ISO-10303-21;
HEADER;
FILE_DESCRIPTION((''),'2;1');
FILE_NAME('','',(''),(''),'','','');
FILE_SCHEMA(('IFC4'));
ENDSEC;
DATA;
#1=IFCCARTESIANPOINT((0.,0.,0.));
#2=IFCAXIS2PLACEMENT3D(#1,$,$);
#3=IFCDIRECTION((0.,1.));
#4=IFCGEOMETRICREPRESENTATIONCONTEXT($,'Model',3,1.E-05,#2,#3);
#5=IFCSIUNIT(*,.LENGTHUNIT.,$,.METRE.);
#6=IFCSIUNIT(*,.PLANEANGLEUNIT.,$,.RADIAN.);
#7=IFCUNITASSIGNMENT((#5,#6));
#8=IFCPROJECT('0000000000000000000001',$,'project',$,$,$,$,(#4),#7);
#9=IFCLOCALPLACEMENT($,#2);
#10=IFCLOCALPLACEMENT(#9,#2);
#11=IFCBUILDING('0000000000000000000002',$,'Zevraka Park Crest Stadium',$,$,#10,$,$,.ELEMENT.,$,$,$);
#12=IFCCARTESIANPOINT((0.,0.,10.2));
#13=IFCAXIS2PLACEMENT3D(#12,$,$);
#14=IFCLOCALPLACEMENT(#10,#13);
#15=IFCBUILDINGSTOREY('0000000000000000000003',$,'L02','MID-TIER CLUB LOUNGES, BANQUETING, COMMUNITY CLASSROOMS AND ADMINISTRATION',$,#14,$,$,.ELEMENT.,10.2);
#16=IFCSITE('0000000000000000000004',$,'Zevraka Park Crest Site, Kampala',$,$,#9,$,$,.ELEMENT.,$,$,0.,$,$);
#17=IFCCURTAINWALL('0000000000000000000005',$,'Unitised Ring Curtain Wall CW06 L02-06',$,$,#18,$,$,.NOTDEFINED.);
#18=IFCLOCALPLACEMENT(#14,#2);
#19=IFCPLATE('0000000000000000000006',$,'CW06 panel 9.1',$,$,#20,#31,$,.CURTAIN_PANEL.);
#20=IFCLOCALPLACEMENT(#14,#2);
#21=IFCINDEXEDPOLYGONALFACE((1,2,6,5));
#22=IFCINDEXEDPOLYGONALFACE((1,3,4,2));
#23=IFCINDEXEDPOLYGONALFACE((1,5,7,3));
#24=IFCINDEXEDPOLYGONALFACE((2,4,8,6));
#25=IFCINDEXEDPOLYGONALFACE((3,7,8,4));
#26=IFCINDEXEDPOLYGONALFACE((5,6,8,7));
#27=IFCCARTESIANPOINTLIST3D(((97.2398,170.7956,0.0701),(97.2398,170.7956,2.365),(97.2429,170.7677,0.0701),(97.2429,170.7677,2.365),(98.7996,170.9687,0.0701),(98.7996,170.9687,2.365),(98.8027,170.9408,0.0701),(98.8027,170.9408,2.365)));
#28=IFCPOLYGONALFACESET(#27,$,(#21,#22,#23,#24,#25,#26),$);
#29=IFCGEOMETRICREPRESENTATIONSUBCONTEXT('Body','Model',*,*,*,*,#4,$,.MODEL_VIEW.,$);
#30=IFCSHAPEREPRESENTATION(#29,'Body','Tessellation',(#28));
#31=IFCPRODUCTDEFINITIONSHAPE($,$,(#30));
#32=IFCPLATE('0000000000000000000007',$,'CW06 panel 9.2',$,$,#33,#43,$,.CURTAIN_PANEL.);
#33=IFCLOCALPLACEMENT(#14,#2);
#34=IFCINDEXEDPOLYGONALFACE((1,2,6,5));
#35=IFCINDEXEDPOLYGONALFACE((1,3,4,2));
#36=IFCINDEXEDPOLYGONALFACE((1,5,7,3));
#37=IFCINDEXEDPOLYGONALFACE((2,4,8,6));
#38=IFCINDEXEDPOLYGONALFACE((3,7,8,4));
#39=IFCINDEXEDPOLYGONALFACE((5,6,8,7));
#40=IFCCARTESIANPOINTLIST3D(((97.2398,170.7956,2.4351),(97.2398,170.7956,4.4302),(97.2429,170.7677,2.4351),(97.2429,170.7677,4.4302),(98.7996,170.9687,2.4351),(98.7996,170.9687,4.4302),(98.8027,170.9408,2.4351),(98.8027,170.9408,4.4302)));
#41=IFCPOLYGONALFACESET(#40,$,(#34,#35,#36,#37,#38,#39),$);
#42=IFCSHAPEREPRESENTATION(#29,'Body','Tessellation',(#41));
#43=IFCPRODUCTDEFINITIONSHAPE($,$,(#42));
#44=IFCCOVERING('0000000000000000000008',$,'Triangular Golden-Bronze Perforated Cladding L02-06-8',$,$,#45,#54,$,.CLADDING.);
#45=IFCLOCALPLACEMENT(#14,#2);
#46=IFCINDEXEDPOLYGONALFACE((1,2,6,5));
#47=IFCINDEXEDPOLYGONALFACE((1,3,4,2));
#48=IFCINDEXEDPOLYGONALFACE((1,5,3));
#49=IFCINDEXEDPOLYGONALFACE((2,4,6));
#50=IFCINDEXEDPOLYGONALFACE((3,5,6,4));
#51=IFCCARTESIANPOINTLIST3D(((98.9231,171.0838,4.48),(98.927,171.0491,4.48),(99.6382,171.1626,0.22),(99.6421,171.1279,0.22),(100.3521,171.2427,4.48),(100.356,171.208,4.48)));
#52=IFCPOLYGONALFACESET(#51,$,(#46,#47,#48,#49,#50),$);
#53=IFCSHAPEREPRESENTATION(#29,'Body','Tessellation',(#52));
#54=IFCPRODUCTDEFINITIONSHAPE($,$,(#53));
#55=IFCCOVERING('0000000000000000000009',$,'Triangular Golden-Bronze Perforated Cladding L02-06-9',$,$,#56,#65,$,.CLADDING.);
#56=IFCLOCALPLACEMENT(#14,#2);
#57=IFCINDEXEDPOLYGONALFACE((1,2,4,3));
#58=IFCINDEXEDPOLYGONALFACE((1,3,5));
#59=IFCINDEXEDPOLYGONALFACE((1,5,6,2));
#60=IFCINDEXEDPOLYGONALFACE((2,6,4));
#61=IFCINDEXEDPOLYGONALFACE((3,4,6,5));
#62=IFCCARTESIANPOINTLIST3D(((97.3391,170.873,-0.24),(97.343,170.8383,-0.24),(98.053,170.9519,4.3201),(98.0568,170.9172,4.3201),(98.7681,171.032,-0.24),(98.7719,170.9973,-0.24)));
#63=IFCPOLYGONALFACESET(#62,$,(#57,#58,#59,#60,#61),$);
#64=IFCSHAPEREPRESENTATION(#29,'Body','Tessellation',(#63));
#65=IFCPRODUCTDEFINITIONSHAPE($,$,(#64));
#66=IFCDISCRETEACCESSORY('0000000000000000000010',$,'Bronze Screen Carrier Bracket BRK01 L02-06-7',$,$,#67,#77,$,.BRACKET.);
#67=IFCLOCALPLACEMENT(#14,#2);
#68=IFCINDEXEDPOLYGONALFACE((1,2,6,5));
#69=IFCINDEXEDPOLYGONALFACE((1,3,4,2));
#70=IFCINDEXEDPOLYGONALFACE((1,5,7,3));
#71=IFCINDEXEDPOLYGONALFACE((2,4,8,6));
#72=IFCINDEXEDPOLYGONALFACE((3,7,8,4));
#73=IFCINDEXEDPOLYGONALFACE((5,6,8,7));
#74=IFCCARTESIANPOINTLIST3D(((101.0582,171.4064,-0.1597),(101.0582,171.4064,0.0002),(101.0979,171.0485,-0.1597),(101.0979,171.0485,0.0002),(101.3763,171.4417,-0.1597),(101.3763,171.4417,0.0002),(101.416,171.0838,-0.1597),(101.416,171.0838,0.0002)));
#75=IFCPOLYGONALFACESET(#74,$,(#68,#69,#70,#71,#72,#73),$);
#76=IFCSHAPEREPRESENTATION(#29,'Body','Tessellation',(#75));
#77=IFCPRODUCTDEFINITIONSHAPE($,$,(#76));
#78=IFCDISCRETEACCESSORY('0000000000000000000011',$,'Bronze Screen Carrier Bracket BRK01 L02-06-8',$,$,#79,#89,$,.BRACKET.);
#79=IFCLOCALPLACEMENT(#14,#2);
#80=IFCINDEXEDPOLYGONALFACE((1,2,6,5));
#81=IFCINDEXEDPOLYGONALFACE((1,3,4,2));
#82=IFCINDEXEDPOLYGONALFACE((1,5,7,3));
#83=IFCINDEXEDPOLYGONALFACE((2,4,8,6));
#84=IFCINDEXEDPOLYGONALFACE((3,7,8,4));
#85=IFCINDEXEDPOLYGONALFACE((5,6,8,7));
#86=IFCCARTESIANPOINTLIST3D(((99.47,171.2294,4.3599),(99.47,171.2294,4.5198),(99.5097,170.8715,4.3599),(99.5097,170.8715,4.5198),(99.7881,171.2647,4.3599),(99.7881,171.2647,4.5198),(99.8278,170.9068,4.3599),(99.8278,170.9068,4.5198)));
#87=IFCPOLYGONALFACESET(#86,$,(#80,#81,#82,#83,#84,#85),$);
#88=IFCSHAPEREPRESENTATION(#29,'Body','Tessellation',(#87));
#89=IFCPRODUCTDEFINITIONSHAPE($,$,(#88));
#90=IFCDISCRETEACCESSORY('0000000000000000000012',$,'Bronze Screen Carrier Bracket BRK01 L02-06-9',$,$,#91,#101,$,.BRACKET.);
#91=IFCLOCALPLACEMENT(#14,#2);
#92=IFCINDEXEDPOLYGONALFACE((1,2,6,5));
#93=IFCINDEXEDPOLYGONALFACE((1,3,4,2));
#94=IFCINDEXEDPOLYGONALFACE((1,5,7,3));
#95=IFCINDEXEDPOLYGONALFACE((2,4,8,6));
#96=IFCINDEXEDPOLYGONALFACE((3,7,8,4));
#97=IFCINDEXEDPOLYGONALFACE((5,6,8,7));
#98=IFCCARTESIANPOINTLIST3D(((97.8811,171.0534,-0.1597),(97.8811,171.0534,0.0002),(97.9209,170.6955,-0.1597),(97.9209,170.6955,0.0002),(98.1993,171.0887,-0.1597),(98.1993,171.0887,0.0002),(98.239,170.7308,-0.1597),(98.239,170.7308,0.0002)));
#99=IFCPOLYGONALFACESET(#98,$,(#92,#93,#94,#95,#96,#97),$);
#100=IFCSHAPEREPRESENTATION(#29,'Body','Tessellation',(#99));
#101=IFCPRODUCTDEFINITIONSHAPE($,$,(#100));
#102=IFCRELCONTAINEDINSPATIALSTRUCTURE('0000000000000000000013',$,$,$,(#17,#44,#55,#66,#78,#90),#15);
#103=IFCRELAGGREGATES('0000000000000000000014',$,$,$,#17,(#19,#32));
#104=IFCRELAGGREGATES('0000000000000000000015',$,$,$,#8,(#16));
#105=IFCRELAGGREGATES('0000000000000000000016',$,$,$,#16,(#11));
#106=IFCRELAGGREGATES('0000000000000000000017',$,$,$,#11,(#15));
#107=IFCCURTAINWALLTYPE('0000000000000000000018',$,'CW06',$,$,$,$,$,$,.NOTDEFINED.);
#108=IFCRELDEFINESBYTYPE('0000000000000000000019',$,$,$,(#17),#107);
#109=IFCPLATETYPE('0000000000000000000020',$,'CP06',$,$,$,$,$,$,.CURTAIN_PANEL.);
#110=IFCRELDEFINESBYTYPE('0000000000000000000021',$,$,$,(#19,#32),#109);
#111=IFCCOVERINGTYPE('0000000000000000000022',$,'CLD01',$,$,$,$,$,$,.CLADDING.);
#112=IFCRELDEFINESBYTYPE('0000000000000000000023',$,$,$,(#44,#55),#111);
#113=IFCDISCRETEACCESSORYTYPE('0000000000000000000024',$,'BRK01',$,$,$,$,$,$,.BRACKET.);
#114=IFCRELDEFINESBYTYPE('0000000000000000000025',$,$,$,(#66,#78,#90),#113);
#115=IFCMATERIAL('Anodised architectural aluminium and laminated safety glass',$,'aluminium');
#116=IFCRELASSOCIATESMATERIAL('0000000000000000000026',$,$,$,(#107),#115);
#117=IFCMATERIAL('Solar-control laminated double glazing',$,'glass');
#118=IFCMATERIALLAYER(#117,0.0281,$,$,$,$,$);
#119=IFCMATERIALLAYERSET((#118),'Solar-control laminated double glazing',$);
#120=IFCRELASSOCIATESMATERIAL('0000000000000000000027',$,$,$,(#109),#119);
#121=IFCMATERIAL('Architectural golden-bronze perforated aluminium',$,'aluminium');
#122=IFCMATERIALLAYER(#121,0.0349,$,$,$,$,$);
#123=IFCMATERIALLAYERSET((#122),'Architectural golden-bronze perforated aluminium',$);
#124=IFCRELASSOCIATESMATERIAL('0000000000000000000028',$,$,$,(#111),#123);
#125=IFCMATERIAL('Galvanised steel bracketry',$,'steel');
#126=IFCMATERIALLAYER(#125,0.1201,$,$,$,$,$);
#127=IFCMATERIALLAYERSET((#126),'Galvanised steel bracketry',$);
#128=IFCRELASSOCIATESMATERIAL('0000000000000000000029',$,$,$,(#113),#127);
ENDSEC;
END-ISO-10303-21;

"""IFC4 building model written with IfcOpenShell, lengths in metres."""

from ifc_helpers import new_model, si_unit, direction, frame, origin, origin_2d, place, context, subcontext, project, spatial, polyline, rectangle, outline, extrude, material, layer, layer_set, type_object, element, aggregate, save


model = new_model("IFC4")

# Units and contexts
model_context = context("Model", 3, precision=1e-05, world=origin(), true_north=direction((0.0, 1.0)))
body_context = subcontext(model_context, "Body", "Model", "MODEL_VIEW")
ifc_project = project(units=[si_unit("LENGTHUNIT", "METRE"), si_unit("PLANEANGLEUNIT", "RADIAN")], contexts=[model_context])

# Site, building, storey
site_placement = place(None, origin())
site = spatial("IfcSite", under=ifc_project, at=site_placement, Name="Zevraka Park Crest Site, Kampala", CompositionType="ELEMENT", RefElevation=0.0)
building_placement = place(site_placement, origin())
building = spatial("IfcBuilding", under=site, at=building_placement, Name="Zevraka Park Crest Stadium", CompositionType="ELEMENT")
storey_placement = place(building_placement, frame((0.0, 0.0, 10.2)))
storey = spatial("IfcBuildingStorey", under=building, at=storey_placement, Name="L02", Description="MID-TIER CLUB LOUNGES, BANQUETING, COMMUNITY CLASSROOMS AND ADMINISTRATION", CompositionType="ELEMENT", Elevation=10.2)

# Curtain wall, plates
ifc_material_1 = material(Name="Anodised architectural aluminium and laminated safety glass", Category="aluminium")
curtain_wall_type = type_object("IfcCurtainWallType", Name="CW06", PredefinedType="NOTDEFINED", material=ifc_material_1)
curtain_wall_placement = place(storey_placement, origin())
curtain_wall = element("IfcCurtainWall", 1, at=curtain_wall_placement, inside=storey, type_object=curtain_wall_type, Name="Unitised Ring Curtain Wall CW06 L02-06", PredefinedType="NOTDEFINED")
ifc_material_2 = material(Name="Solar-control laminated double glazing", Category="glass")
ifc_layer_1 = layer(ifc_material_2, 0.0281)
ifc_layer_set_1 = layer_set([ifc_layer_1], Name="Solar-control laminated double glazing")
plate_type = type_object("IfcPlateType", Name="CP06", PredefinedType="CURTAIN_PANEL", material=ifc_layer_set_1)
plate_1_placement = place(storey_placement, frame((98.0212, 170.8682, 0.0701), z_axis=(0.0, 0.0, 1.0), x_axis=(-0.993899, -0.110293, 0.0)))
plate_1 = element("IfcPlate", 2, at=plate_1_placement, type_object=plate_type, Name="CW06 panel 9.1", PredefinedType="CURTAIN_PANEL", context=body_context, shape_type="SweptSolid", body=[
    extrude(rectangle(XDim=1.5693, YDim=0.0281, at=origin_2d()), origin(), (0.0, 0.0, 1.0), 2.2949),
])
plate_2_placement = place(storey_placement, frame((98.0212, 170.8682, 2.4351), z_axis=(0.0, 0.0, 1.0), x_axis=(-0.993899, -0.110293, 0.0)))
plate_2 = element("IfcPlate", 3, at=plate_2_placement, type_object=plate_type, Name="CW06 panel 9.2", PredefinedType="CURTAIN_PANEL", context=body_context, shape_type="SweptSolid", body=[
    extrude(rectangle(XDim=1.5693, YDim=0.0281, at=origin_2d()), origin(), (0.0, 0.0, 1.0), 1.9951),
])
aggregate(curtain_wall, [plate_1, plate_2])

# Coverings
ifc_material_3 = material(Name="Architectural golden-bronze perforated aluminium", Category="aluminium")
ifc_layer_2 = layer(ifc_material_3, 0.0349)
ifc_layer_set_2 = layer_set([ifc_layer_2], Name="Architectural golden-bronze perforated aluminium")
covering_type = type_object("IfcCoveringType", Name="CLD01", PredefinedType="CLADDING", material=ifc_layer_set_2)
covering_1_placement = place(storey_placement, frame((98.927, 171.0491, 4.48), z_axis=(0.110543, -0.993871, 0.000158), x_axis=(0.993871, 0.110543, 0.0)))
element("IfcCovering", 4, at=covering_1_placement, inside=storey, type_object=covering_type, Name="Triangular Golden-Bronze Perforated Cladding L02-06-8", PredefinedType="CLADDING", context=body_context, shape_type="SweptSolid", body=[
    extrude(outline(polyline([(0.0, 0.0), (1.4378, 0.0), (0.7194, -4.26), (0.0, 0.0)])), origin(), (0.0, 0.0, -1.0), 0.0349),
])
covering_2_placement = place(storey_placement, frame((98.7681, 171.032, -0.24), z_axis=(-0.110543, 0.993871, 0.000118), x_axis=(-0.993871, -0.110543, 0.0)))
element("IfcCovering", 5, at=covering_2_placement, inside=storey, type_object=covering_type, Name="Triangular Golden-Bronze Perforated Cladding L02-06-9", PredefinedType="CLADDING", context=body_context, shape_type="SweptSolid", body=[
    extrude(outline(polyline([(0.0, 0.0), (1.4378, 0.0), (0.7196, 4.5601), (0.0, 0.0)])), origin(), (0.0, 0.0, -1.0), 0.0349),
])

# Discrete accessories
ifc_material_4 = material(Name="Galvanised steel bracketry", Category="steel")
ifc_layer_3 = layer(ifc_material_4, 0.1201)
ifc_layer_set_3 = layer_set([ifc_layer_3], Name="Galvanised steel bracketry")
discrete_accessory_type = type_object("IfcDiscreteAccessoryType", Name="BRK01", PredefinedType="BRACKET", material=ifc_layer_set_3)
for number, where, z_axis, x_axis, name in (
    (6, (101.2371, 171.2451, -0.1597), (0.0, 0.0, 1.0), (-0.993903, -0.110255, 0.0), "Bronze Screen Carrier Bracket BRK01 L02-06-7"),
    (7, (99.6489, 171.0681, 4.3599), (0.0, 0.0, 1.0), (-0.993903, -0.110255, 0.0), "Bronze Screen Carrier Bracket BRK01 L02-06-8"),
    (8, (98.0601, 170.8921, -0.1597), (0.0, 0.0, 1.0), (-0.993903, -0.110255, 0.0), "Bronze Screen Carrier Bracket BRK01 L02-06-9"),
):
    element("IfcDiscreteAccessory", number, at=place(storey_placement, frame(where, z_axis=z_axis, x_axis=x_axis)), inside=storey, type_object=discrete_accessory_type, Name=name, PredefinedType="BRACKET", context=body_context, shape_type="SweptSolid", body=[
        extrude(rectangle(XDim=0.3201, YDim=0.3601, at=origin_2d()), origin(), (0.0, 0.0, 1.0), 0.1599),
    ])

save(model, "model.ifc")
